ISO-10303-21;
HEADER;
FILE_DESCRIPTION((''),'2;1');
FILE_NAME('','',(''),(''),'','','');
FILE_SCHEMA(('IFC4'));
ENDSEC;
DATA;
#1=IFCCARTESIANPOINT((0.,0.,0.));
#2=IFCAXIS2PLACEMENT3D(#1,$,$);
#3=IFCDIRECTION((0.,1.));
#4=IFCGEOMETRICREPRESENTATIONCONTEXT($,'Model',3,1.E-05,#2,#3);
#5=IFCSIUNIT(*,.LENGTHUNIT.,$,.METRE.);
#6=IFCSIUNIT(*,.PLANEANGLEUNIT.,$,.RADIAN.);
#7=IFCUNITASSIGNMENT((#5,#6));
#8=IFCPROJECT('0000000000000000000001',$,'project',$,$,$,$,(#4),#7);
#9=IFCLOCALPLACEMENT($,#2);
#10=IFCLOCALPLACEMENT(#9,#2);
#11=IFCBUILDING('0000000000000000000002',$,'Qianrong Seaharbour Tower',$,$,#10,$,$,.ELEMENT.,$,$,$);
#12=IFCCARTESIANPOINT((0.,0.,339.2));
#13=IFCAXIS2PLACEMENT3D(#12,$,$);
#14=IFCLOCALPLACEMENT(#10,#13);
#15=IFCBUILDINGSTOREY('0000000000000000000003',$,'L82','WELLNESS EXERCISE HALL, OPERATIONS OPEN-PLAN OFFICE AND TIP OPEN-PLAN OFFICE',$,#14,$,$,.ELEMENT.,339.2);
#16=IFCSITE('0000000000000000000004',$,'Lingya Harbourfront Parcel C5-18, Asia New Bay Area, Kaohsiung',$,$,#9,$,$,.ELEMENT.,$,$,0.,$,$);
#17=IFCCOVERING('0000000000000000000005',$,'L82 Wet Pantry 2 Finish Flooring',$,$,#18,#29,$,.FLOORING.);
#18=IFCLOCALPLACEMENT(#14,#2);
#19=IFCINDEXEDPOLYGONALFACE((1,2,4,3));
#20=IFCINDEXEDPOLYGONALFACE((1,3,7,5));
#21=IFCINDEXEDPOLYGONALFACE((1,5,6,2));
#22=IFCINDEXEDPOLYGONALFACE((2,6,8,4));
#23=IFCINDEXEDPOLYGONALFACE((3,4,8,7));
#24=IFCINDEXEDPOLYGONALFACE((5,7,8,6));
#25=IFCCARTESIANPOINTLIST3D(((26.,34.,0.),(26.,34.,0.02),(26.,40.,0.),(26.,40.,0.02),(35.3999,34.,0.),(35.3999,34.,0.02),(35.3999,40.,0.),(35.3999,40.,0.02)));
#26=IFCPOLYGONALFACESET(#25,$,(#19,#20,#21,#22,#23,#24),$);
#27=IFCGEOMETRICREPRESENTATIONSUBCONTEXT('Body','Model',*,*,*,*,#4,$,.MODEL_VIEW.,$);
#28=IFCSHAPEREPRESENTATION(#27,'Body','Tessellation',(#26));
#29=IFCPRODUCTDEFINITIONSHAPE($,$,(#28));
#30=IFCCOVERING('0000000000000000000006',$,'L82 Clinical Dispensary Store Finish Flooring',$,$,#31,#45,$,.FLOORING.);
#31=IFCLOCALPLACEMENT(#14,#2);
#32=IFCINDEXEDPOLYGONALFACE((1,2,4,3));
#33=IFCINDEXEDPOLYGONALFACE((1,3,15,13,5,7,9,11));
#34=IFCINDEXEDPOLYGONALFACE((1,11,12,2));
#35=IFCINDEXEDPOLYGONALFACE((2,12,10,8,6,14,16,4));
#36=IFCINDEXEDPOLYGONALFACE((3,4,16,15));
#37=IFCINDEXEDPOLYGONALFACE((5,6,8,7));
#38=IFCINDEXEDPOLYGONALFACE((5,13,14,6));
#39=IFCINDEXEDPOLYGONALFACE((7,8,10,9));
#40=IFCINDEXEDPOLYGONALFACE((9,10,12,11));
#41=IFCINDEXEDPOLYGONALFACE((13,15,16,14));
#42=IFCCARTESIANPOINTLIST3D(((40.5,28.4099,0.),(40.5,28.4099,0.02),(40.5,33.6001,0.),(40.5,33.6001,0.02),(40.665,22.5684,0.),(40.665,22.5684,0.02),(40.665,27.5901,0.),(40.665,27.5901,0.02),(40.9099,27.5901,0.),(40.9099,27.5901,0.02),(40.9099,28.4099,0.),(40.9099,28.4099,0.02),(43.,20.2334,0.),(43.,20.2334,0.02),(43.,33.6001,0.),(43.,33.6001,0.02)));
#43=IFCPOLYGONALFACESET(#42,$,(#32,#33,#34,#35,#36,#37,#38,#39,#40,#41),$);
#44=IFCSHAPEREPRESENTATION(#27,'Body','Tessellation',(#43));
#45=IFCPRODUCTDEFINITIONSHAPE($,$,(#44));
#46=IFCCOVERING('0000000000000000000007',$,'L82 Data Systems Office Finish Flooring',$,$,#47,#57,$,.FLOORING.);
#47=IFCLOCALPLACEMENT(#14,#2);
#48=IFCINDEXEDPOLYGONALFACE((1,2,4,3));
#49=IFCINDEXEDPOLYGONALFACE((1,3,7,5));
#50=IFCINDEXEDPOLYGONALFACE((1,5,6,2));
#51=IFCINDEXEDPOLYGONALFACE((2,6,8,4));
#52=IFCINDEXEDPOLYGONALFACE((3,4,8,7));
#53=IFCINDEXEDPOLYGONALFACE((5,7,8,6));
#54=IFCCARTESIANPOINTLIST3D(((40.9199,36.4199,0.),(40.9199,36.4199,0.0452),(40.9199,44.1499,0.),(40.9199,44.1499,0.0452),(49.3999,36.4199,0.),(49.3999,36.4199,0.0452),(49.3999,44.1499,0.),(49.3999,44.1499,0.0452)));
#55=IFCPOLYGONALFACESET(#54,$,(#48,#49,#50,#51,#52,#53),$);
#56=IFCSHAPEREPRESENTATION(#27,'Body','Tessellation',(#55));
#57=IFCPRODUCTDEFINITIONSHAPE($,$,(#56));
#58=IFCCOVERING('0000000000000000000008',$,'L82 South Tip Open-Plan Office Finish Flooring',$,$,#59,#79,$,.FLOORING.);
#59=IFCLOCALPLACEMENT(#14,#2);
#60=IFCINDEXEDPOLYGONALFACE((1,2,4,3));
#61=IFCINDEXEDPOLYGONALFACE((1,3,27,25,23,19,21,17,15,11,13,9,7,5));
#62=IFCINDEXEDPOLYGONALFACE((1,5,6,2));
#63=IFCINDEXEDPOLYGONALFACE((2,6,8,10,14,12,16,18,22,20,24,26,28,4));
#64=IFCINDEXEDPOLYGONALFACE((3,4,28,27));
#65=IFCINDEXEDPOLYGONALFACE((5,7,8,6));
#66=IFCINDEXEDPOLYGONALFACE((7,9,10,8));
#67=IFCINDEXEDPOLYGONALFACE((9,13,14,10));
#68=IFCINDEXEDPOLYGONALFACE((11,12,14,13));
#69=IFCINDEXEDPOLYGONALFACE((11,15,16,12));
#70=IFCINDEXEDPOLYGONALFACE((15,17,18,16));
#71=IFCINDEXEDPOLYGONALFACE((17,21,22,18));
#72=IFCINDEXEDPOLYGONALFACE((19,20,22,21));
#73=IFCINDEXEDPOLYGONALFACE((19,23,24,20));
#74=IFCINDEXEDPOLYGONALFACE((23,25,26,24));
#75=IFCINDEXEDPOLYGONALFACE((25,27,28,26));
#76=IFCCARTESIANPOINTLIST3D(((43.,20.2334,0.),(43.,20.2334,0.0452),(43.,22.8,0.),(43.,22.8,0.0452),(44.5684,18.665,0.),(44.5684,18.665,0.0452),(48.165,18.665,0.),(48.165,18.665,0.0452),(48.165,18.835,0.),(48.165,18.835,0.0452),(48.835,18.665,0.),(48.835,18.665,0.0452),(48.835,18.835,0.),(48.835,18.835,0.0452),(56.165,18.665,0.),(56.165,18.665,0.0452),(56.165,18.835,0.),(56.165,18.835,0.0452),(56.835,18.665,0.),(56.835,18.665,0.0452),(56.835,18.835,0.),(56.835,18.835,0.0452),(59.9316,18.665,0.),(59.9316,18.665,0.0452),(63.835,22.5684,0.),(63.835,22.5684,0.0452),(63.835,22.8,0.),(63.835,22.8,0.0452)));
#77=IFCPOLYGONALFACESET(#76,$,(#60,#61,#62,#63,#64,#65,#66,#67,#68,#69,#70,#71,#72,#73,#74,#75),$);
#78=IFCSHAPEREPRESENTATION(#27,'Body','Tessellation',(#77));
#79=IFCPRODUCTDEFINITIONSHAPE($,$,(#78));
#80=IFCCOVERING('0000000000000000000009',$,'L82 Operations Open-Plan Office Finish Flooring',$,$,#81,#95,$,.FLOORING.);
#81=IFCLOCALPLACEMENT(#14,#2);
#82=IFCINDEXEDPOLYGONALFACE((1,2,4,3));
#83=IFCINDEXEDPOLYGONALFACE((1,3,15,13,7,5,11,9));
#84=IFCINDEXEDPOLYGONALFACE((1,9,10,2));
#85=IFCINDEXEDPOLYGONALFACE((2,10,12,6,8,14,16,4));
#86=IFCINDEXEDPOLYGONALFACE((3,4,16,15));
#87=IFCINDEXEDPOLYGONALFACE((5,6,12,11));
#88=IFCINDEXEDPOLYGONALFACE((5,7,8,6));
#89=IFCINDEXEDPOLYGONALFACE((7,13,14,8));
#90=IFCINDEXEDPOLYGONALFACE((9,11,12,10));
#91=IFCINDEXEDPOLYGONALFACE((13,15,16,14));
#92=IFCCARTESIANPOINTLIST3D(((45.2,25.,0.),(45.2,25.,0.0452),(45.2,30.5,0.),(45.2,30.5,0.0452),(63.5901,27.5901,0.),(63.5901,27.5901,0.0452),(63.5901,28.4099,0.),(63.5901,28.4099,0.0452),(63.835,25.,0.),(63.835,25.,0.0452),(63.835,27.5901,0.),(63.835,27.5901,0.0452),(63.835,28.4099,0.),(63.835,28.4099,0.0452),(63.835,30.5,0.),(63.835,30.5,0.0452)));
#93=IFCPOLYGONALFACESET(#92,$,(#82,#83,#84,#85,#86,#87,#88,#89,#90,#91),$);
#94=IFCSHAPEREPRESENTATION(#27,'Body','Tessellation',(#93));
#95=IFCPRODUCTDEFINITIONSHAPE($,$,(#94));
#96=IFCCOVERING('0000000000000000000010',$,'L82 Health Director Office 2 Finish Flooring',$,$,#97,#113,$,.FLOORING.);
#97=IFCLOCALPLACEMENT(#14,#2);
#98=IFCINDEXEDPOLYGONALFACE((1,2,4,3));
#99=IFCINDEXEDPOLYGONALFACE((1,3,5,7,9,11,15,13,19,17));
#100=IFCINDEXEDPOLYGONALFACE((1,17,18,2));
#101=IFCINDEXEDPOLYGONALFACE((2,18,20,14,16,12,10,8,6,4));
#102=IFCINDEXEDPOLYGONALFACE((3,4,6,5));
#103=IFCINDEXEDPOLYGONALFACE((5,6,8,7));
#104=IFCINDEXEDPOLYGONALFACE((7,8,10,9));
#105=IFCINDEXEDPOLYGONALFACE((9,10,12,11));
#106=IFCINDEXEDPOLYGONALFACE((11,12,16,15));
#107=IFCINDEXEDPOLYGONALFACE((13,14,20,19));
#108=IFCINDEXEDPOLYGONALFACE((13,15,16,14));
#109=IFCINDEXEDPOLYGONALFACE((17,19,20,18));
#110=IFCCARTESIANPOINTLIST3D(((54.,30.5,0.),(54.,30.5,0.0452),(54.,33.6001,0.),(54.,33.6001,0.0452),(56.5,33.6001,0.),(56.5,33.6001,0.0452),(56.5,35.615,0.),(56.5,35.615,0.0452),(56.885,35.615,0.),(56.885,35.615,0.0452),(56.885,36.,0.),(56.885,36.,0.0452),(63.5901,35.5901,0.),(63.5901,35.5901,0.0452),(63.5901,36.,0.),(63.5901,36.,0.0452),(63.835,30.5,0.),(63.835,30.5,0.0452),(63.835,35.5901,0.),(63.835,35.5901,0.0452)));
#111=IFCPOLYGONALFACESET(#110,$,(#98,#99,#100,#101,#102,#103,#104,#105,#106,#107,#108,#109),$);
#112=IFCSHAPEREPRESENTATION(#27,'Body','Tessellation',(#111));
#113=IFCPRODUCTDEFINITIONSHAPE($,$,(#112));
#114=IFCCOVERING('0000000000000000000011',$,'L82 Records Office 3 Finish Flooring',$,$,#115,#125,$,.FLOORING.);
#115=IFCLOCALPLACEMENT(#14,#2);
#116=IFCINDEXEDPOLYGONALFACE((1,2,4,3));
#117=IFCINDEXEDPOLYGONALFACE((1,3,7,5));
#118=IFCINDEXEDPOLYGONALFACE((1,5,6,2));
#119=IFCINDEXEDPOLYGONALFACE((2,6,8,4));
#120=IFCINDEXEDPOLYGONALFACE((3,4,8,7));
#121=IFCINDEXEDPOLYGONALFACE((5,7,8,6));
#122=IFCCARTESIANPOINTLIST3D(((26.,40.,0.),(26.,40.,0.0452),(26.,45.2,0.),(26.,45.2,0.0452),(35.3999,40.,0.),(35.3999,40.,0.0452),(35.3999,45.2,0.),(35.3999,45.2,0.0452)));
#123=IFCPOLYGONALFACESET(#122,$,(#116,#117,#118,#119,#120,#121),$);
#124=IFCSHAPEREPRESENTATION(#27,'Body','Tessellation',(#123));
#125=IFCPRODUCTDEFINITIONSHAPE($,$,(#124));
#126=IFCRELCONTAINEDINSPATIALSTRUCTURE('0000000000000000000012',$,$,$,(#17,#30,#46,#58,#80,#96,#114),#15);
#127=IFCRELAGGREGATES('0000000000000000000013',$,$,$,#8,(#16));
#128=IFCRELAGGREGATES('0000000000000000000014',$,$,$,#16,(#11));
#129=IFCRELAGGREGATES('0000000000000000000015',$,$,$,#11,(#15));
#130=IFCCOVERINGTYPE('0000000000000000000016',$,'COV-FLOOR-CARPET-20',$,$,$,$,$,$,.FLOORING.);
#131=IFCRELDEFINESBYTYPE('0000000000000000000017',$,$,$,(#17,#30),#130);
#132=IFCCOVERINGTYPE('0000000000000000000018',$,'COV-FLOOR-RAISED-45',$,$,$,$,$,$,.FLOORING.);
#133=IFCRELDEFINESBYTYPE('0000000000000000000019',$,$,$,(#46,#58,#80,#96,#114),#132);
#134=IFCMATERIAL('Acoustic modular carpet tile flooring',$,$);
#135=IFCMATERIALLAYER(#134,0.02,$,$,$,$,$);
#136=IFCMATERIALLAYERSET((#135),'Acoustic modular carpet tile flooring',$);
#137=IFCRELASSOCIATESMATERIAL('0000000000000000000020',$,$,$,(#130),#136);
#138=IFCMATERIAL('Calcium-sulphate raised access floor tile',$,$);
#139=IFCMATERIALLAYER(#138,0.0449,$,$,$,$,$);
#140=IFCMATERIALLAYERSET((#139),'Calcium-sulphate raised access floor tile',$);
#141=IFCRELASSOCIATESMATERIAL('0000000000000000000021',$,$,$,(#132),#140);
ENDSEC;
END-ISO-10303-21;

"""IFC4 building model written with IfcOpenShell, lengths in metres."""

from ifc_helpers import new_model, si_unit, direction, frame, origin, place, context, subcontext, project, spatial, polyline, outline, extrude, material, layer, layer_set, type_object, element, save


model = new_model("IFC4")

# Units and contexts
model_context = context("Model", 3, precision=1e-05, world=origin(), true_north=direction((0.0, 1.0)))
body_context = subcontext(model_context, "Body", "Model", "MODEL_VIEW")
ifc_project = project(units=[si_unit("LENGTHUNIT", "METRE"), si_unit("PLANEANGLEUNIT", "RADIAN")], contexts=[model_context])

# Site, building, storey
site_placement = place(None, origin())
site = spatial("IfcSite", under=ifc_project, at=site_placement, Name="Lingya Harbourfront Parcel C5-18, Asia New Bay Area, Kaohsiung", CompositionType="ELEMENT", RefElevation=0.0)
building_placement = place(site_placement, origin())
building = spatial("IfcBuilding", under=site, at=building_placement, Name="Qianrong Seaharbour Tower", CompositionType="ELEMENT")
storey_placement = place(building_placement, frame((0.0, 0.0, 339.2)))
storey = spatial("IfcBuildingStorey", under=building, at=storey_placement, Name="L82", Description="WELLNESS EXERCISE HALL, OPERATIONS OPEN-PLAN OFFICE AND TIP OPEN-PLAN OFFICE", CompositionType="ELEMENT", Elevation=339.2)

# Coverings
ifc_material_1 = material(Name="Acoustic modular carpet tile flooring")
ifc_layer_1 = layer(ifc_material_1, 0.02)
ifc_layer_set_1 = layer_set([ifc_layer_1], Name="Acoustic modular carpet tile flooring")
covering_type_1 = type_object("IfcCoveringType", Name="COV-FLOOR-CARPET-20", PredefinedType="FLOORING", material=ifc_layer_set_1)
covering_1_placement = place(storey_placement, origin())
element("IfcCovering", 1, at=covering_1_placement, inside=storey, type_object=covering_type_1, Name="L82 Wet Pantry 2 Finish Flooring", PredefinedType="FLOORING", context=body_context, shape_type="SweptSolid", body=[
    extrude(outline(polyline([(35.3999, 40.0), (35.3999, 34.0), (26.0, 34.0), (26.0, 40.0), (35.3999, 40.0)])), origin(), (0.0, 0.0, 1.0), 0.02),
])
covering_2_placement = place(storey_placement, origin())
element("IfcCovering", 2, at=covering_2_placement, inside=storey, type_object=covering_type_1, Name="L82 Clinical Dispensary Store Finish Flooring", PredefinedType="FLOORING", context=body_context, shape_type="SweptSolid", body=[
    extrude(outline(polyline([(43.0, 20.2334), (40.665, 22.5684), (40.665, 27.5901), (40.9099, 27.5901), (40.9099, 28.4099), (40.5, 28.4099), (40.5, 33.6001), (43.0, 33.6001), (43.0, 20.2334)])), origin(), (0.0, 0.0, 1.0), 0.02),
])
ifc_material_2 = material(Name="Calcium-sulphate raised access floor tile")
ifc_layer_2 = layer(ifc_material_2, 0.0449)
ifc_layer_set_2 = layer_set([ifc_layer_2], Name="Calcium-sulphate raised access floor tile")
covering_type_2 = type_object("IfcCoveringType", Name="COV-FLOOR-RAISED-45", PredefinedType="FLOORING", material=ifc_layer_set_2)
covering_3_placement = place(storey_placement, origin())
element("IfcCovering", 3, at=covering_3_placement, inside=storey, type_object=covering_type_2, Name="L82 Data Systems Office Finish Flooring", PredefinedType="FLOORING", context=body_context, shape_type="SweptSolid", body=[
    extrude(outline(polyline([(49.3999, 44.1499), (49.3999, 36.4199), (40.9199, 36.4199), (40.9199, 44.1499), (49.3999, 44.1499)])), origin(), (0.0, 0.0, 1.0), 0.0452),
])
covering_4_placement = place(storey_placement, origin())
element("IfcCovering", 4, at=covering_4_placement, inside=storey, type_object=covering_type_2, Name="L82 South Tip Open-Plan Office Finish Flooring", PredefinedType="FLOORING", context=body_context, shape_type="SweptSolid", body=[
    extrude(outline(polyline([(63.835, 22.5684), (59.9316, 18.665), (56.835, 18.665), (56.835, 18.835), (56.165, 18.835), (56.165, 18.665), (48.835, 18.665), (48.835, 18.835), (48.165, 18.835), (48.165, 18.665), (44.5684, 18.665), (43.0, 20.2334), (43.0, 22.8), (63.835, 22.8), (63.835, 22.5684)])), origin(), (0.0, 0.0, 1.0), 0.0452),
])
covering_5_placement = place(storey_placement, origin())
element("IfcCovering", 5, at=covering_5_placement, inside=storey, type_object=covering_type_2, Name="L82 Operations Open-Plan Office Finish Flooring", PredefinedType="FLOORING", context=body_context, shape_type="SweptSolid", body=[
    extrude(outline(polyline([(63.835, 30.5), (63.835, 28.4099), (63.5901, 28.4099), (63.5901, 27.5901), (63.835, 27.5901), (63.835, 25.0), (45.2, 25.0), (45.2, 30.5), (63.835, 30.5)])), origin(), (0.0, 0.0, 1.0), 0.0452),
])
covering_6_placement = place(storey_placement, origin())
element("IfcCovering", 6, at=covering_6_placement, inside=storey, type_object=covering_type_2, Name="L82 Health Director Office 2 Finish Flooring", PredefinedType="FLOORING", context=body_context, shape_type="SweptSolid", body=[
    extrude(outline(polyline([(56.5, 33.6001), (56.5, 35.615), (56.885, 35.615), (56.885, 36.0), (63.5901, 36.0), (63.5901, 35.5901), (63.835, 35.5901), (63.835, 30.5), (54.0, 30.5), (54.0, 33.6001), (56.5, 33.6001)])), origin(), (0.0, 0.0, 1.0), 0.0452),
])
covering_7_placement = place(storey_placement, origin())
element("IfcCovering", 7, at=covering_7_placement, inside=storey, type_object=covering_type_2, Name="L82 Records Office 3 Finish Flooring", PredefinedType="FLOORING", context=body_context, shape_type="SweptSolid", body=[
    extrude(outline(polyline([(35.3999, 45.2), (35.3999, 40.0), (26.0, 40.0), (26.0, 45.2), (35.3999, 45.2)])), origin(), (0.0, 0.0, 1.0), 0.0452),
])

save(model, "model.ifc")
